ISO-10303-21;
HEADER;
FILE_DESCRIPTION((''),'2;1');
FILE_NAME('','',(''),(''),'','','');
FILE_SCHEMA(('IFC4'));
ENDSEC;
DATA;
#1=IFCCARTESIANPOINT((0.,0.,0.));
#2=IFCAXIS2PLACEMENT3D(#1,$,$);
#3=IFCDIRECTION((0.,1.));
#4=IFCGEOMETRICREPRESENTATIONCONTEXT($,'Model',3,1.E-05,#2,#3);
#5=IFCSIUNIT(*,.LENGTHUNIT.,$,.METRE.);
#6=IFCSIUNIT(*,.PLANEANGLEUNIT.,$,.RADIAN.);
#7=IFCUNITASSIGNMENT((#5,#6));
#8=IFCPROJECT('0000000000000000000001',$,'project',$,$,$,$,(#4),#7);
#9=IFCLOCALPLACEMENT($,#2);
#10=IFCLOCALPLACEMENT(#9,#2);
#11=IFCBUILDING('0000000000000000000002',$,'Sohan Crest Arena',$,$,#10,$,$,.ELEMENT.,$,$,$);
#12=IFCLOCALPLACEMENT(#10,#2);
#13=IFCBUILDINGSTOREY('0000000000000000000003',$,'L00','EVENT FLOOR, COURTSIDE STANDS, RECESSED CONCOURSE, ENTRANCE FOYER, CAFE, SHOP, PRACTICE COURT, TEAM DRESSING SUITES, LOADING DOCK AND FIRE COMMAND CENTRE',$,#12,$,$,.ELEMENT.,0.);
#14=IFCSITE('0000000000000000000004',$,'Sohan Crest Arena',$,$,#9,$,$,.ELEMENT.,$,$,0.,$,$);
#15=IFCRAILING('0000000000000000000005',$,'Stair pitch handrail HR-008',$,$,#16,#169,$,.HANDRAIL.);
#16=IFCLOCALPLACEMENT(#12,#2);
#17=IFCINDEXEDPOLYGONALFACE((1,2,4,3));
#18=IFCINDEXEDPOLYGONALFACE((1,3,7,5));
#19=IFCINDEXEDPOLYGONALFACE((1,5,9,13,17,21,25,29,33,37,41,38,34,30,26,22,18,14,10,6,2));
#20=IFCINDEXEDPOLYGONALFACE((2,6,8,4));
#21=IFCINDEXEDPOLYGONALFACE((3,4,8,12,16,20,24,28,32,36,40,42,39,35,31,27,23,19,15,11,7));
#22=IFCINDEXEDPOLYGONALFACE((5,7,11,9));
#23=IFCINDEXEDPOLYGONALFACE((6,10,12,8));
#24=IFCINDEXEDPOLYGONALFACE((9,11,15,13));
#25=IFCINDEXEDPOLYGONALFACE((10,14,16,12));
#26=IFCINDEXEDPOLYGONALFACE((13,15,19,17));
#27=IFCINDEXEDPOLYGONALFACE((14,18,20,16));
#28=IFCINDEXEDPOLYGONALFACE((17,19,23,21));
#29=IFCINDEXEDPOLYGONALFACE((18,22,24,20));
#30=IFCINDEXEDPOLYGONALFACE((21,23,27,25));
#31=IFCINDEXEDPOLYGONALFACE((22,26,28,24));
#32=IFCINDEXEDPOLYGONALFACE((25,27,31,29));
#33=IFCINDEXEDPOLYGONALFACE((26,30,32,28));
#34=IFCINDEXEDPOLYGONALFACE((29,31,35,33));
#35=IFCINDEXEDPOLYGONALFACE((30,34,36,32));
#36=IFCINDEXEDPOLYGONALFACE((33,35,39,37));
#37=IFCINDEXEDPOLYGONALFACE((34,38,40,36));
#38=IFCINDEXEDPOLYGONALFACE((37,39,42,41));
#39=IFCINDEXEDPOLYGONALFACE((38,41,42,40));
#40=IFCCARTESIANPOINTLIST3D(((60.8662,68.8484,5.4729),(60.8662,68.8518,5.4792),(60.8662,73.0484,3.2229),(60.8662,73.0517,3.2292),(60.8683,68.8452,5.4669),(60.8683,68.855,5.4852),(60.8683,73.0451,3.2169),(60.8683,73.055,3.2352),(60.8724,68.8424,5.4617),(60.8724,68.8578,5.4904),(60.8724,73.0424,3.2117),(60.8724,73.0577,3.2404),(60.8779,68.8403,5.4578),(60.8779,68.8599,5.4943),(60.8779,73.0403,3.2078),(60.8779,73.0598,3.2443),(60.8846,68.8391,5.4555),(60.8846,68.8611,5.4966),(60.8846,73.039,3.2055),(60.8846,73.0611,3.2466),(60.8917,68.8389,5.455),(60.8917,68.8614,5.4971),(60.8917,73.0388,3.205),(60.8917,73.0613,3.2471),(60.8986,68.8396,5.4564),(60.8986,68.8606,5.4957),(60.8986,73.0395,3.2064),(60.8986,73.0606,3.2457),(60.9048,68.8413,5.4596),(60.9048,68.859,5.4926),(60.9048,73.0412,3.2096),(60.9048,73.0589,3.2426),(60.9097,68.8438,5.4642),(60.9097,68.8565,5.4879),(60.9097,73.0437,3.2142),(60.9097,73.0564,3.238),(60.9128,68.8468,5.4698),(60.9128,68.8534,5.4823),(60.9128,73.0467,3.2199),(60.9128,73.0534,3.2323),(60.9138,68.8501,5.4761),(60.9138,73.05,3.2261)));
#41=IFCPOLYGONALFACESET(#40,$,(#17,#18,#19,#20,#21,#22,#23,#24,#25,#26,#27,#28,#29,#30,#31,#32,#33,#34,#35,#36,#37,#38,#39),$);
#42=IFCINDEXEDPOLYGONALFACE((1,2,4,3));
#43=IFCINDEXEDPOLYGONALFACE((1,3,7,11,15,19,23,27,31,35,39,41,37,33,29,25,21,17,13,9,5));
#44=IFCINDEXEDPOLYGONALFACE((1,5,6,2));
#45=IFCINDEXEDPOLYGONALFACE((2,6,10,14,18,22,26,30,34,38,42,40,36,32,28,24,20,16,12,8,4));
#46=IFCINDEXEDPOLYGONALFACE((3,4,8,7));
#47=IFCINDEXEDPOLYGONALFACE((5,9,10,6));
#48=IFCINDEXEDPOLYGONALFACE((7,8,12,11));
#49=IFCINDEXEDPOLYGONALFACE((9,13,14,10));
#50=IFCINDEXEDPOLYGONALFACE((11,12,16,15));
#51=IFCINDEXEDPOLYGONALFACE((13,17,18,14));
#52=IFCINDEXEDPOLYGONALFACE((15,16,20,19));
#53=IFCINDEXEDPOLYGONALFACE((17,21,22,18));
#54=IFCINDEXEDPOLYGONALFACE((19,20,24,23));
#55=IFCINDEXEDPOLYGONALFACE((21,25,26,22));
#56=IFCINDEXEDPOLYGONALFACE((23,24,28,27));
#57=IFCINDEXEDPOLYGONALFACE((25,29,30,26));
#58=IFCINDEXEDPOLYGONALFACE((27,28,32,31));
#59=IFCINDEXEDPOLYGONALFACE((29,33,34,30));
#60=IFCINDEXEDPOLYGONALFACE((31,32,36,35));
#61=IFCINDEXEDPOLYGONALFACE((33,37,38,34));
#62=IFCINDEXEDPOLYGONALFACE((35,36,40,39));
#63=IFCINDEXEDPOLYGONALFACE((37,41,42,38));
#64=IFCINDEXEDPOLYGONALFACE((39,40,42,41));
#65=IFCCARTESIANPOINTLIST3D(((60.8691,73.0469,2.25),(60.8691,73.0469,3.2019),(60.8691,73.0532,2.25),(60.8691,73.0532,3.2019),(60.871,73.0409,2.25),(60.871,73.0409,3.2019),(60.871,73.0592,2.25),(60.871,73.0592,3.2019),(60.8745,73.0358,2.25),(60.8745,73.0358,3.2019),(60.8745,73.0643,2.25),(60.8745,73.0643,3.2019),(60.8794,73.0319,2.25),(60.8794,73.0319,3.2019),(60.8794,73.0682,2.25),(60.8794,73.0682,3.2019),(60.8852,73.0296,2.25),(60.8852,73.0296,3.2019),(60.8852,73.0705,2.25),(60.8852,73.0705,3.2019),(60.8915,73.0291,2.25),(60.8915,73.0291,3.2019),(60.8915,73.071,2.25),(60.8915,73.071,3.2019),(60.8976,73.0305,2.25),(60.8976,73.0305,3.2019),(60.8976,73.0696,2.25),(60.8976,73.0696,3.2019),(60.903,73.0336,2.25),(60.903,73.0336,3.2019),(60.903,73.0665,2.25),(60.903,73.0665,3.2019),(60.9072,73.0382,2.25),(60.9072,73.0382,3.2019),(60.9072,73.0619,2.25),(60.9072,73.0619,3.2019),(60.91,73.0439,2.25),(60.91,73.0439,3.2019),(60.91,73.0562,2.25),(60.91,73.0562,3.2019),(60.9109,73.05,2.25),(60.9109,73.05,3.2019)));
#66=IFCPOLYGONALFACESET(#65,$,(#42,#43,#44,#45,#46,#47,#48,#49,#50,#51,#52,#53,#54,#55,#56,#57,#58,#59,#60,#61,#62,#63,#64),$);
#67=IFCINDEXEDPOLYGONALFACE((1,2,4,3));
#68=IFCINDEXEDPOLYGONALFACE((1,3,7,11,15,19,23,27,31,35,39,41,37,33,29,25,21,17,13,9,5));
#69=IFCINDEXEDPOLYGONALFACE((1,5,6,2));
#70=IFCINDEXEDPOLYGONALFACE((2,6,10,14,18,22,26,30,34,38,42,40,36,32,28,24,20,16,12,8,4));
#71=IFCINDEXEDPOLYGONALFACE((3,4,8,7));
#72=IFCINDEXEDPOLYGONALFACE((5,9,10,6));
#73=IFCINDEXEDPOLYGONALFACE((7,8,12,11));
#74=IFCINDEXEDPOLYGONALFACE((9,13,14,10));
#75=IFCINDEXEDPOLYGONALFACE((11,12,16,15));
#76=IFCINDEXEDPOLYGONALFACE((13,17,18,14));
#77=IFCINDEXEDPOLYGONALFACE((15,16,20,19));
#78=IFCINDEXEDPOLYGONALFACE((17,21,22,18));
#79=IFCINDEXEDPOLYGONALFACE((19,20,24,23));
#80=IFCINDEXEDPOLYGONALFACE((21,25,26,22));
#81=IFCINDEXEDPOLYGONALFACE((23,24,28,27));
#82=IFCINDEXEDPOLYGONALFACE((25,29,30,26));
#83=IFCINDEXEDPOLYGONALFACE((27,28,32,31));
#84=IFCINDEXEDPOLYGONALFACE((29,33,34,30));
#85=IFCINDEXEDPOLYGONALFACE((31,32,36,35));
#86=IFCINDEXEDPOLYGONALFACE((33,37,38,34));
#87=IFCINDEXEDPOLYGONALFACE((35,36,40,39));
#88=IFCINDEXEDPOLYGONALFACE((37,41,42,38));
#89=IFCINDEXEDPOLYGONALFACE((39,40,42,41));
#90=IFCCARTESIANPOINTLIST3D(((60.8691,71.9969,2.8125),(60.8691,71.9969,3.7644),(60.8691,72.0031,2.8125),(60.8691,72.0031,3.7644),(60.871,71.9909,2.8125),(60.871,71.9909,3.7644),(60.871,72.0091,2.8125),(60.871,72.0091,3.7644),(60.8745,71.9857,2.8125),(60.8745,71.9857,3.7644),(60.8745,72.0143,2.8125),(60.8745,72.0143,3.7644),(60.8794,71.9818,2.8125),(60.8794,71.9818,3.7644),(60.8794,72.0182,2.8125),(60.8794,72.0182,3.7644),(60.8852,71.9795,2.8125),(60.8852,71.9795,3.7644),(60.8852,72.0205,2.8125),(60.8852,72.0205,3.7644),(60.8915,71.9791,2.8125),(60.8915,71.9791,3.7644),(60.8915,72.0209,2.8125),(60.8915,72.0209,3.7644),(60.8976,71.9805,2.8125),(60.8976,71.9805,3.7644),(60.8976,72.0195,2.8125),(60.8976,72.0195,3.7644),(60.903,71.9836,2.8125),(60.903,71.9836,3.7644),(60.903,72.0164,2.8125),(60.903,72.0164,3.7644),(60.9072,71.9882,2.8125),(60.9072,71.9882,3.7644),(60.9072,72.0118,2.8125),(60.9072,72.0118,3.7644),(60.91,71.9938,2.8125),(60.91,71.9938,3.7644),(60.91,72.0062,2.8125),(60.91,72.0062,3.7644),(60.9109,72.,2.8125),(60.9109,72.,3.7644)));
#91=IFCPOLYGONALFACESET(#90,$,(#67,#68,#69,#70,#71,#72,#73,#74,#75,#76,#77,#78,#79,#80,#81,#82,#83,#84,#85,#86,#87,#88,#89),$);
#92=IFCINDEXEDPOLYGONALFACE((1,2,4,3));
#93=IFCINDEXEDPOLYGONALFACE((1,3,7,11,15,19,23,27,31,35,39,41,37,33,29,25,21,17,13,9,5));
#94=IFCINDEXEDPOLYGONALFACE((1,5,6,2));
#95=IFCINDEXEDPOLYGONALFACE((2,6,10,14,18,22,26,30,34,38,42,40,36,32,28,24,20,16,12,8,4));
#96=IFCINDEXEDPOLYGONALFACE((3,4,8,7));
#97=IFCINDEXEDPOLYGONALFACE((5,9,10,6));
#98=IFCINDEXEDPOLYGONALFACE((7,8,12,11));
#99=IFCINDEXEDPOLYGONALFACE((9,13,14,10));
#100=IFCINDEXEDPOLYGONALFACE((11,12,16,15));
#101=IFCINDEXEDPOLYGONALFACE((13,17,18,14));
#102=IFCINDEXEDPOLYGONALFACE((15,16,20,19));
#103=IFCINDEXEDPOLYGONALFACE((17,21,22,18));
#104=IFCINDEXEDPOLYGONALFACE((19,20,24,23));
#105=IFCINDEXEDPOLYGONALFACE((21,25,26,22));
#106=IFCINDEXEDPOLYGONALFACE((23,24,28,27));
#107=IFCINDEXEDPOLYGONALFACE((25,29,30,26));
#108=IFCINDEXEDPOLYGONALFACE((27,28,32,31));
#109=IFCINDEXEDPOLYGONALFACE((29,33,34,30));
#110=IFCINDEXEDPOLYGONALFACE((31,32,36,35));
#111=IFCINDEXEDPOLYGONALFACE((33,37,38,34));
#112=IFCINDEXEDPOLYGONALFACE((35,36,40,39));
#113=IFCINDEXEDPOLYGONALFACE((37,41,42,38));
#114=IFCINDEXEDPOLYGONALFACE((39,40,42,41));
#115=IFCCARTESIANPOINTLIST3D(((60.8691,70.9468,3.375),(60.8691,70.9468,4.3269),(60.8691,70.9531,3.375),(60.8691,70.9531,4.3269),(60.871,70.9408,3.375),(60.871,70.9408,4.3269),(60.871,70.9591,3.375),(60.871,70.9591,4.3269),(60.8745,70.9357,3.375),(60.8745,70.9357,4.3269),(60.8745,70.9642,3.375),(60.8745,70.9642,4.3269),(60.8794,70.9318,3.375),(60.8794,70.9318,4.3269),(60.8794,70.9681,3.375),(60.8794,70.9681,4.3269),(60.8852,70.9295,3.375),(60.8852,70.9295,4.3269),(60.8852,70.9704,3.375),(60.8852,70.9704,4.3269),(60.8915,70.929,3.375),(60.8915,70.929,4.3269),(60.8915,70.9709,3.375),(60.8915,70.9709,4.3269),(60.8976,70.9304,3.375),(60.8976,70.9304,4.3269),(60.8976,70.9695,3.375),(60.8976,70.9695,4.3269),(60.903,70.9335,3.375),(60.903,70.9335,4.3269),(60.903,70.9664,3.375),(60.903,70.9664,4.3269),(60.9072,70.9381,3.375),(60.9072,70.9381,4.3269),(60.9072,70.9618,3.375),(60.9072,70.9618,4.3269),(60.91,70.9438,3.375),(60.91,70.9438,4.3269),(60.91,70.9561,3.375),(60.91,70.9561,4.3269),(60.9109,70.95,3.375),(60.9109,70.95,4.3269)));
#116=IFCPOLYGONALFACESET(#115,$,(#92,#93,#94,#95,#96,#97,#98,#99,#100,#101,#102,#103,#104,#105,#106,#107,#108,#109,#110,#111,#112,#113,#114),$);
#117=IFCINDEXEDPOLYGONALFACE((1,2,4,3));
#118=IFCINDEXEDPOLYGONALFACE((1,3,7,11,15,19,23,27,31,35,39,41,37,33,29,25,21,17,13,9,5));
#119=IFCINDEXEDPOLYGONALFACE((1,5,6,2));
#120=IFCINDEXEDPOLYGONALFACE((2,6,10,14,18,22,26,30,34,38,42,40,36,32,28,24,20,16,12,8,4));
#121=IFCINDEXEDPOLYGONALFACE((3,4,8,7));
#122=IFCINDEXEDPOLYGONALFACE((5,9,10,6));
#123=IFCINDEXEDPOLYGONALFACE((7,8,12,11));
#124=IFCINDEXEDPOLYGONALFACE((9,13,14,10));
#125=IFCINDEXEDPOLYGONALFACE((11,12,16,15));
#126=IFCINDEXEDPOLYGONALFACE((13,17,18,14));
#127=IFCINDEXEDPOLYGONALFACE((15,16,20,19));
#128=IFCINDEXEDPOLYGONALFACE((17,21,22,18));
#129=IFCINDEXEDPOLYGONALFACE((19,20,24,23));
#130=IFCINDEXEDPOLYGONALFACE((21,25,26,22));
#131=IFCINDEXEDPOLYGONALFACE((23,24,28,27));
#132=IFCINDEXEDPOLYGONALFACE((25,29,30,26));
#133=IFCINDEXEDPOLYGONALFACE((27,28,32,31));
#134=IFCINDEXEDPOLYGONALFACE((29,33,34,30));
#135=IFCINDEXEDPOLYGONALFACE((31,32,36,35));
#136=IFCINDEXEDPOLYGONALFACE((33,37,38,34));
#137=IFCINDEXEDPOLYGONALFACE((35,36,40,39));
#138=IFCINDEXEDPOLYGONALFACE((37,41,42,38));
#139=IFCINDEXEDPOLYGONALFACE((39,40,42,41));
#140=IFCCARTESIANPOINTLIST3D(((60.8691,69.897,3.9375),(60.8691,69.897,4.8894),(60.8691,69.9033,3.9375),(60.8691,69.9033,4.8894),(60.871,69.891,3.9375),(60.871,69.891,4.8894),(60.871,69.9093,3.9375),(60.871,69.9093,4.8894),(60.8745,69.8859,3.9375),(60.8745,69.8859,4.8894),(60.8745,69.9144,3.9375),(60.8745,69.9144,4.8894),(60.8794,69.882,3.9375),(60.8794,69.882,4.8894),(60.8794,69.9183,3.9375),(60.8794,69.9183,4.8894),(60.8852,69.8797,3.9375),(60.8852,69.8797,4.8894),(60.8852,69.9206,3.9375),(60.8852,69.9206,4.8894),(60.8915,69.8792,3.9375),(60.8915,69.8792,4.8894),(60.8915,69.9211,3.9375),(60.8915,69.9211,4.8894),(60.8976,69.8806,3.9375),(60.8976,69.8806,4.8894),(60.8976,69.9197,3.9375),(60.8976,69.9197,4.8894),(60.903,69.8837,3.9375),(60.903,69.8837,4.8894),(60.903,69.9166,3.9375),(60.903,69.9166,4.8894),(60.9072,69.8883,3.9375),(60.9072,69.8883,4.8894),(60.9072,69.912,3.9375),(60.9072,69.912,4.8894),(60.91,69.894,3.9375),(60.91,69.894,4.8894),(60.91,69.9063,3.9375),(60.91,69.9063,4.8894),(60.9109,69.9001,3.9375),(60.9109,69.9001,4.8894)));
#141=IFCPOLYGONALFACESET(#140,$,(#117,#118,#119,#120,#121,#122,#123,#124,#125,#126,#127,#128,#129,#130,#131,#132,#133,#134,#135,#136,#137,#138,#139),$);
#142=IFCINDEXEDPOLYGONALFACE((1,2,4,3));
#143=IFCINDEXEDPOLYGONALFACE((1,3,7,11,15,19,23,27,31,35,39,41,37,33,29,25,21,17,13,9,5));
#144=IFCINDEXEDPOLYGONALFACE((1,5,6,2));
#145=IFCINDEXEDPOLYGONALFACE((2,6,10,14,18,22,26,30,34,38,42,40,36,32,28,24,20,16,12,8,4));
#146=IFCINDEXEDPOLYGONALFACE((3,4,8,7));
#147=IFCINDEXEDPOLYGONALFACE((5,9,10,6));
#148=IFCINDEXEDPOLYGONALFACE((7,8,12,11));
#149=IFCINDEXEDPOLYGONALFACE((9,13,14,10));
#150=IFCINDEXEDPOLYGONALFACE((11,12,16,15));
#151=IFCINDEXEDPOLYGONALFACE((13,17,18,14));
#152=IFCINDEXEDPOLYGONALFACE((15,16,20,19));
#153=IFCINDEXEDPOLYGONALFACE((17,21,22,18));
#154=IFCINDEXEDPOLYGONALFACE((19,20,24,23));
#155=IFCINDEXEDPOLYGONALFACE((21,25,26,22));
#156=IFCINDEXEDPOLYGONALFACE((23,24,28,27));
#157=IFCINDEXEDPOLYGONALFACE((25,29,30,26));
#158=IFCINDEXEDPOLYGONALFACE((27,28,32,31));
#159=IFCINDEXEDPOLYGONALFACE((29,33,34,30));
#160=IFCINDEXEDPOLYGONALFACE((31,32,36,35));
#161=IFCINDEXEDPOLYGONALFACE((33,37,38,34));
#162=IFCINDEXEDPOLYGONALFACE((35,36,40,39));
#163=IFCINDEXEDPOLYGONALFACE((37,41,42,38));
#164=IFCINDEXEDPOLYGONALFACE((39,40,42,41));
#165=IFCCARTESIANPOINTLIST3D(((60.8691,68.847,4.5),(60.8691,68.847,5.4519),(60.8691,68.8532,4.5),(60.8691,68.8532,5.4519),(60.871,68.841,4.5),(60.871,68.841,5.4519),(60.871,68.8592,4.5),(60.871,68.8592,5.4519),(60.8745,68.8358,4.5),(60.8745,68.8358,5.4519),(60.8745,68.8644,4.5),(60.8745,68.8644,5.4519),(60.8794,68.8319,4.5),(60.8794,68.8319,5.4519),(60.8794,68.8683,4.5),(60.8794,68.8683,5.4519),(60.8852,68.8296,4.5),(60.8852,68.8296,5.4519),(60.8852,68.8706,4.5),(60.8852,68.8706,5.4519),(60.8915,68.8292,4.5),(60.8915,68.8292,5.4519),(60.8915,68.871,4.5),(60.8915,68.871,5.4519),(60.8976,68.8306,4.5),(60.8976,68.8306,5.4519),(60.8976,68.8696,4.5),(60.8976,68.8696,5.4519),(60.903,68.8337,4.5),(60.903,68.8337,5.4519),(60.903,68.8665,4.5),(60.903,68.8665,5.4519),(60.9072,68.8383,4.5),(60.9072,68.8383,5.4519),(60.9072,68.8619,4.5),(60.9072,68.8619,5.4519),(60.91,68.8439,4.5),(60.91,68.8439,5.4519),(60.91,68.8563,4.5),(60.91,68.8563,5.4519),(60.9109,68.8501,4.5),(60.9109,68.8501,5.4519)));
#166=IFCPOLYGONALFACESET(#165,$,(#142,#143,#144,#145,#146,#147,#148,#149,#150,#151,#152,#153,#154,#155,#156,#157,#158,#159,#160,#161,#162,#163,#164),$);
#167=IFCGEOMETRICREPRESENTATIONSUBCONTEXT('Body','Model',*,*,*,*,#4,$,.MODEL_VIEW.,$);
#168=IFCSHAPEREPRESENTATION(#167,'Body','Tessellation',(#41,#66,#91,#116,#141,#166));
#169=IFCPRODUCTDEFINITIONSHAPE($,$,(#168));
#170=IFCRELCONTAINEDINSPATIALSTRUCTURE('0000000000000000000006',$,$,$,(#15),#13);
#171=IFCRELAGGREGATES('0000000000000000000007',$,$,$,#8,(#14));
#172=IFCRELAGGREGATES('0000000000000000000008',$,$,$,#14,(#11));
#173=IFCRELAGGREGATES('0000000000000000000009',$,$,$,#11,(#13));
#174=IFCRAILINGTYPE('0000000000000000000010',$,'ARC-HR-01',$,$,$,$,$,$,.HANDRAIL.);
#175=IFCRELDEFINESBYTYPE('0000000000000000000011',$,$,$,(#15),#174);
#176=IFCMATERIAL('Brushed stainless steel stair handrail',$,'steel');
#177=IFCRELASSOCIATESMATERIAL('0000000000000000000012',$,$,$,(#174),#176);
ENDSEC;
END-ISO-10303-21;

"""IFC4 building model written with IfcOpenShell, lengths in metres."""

from ifc_helpers import new_model, si_unit, direction, frame, origin, origin_2d, place, context, subcontext, project, spatial, circle, extrude, material, type_object, element, save


model = new_model("IFC4")

# Units and contexts
model_context = context("Model", 3, precision=1e-05, world=origin(), true_north=direction((0.0, 1.0)))
body_context = subcontext(model_context, "Body", "Model", "MODEL_VIEW")
ifc_project = project(units=[si_unit("LENGTHUNIT", "METRE"), si_unit("PLANEANGLEUNIT", "RADIAN")], contexts=[model_context])

# Site, building, storey
site_placement = place(None, origin())
site = spatial("IfcSite", under=ifc_project, at=site_placement, Name="Sohan Crest Arena", CompositionType="ELEMENT", RefElevation=0.0)
building_placement = place(site_placement, origin())
building = spatial("IfcBuilding", under=site, at=building_placement, Name="Sohan Crest Arena", CompositionType="ELEMENT")
storey_placement = place(building_placement, origin())
storey = spatial("IfcBuildingStorey", under=building, at=storey_placement, Name="L00", Description="EVENT FLOOR, COURTSIDE STANDS, RECESSED CONCOURSE, ENTRANCE FOYER, CAFE, SHOP, PRACTICE COURT, TEAM DRESSING SUITES, LOADING DOCK AND FIRE COMMAND CENTRE", CompositionType="ELEMENT", Elevation=0.0)

# Railing
ifc_material_1 = material(Name="Brushed stainless steel stair handrail", Category="steel")
railing_type_1 = type_object("IfcRailingType", Name="ARC-HR-01", PredefinedType="HANDRAIL", material=ifc_material_1)
for number, where, name in (
    (1, (60.8899, 73.05, 2.25), "Stair pitch handrail HR-008"),
):
    element("IfcRailing", number, at=place(storey_placement, frame(where)), inside=storey, type_object=railing_type_1, Name=name, PredefinedType="HANDRAIL", context=body_context, shape_type="SweptSolid", body=[
        extrude(circle(Radius=0.0239, at=origin_2d()), frame((0.0, 0.0, 0.9761), z_axis=(0.0, -0.881478, 0.472226), x_axis=(1.0, 0.0, 0.0)), (0.0, 0.0, 1.0), 4.7646),
        extrude(circle(Radius=0.021, at=origin_2d()), origin(), (0.0, 0.0, 1.0), 0.9519),
        extrude(circle(Radius=0.021, at=origin_2d()), frame((0.0, -1.05, 0.5625)), (0.0, 0.0, 1.0), 0.9519),
        extrude(circle(Radius=0.021, at=origin_2d()), frame((0.0, -2.1001, 1.125)), (0.0, 0.0, 1.0), 0.9519),
        extrude(circle(Radius=0.021, at=origin_2d()), frame((0.0, -3.1499, 1.6875)), (0.0, 0.0, 1.0), 0.9519),
        extrude(circle(Radius=0.021, at=origin_2d()), frame((0.0, -4.2, 2.25)), (0.0, 0.0, 1.0), 0.9519),
    ])

save(model, "model.ifc")
